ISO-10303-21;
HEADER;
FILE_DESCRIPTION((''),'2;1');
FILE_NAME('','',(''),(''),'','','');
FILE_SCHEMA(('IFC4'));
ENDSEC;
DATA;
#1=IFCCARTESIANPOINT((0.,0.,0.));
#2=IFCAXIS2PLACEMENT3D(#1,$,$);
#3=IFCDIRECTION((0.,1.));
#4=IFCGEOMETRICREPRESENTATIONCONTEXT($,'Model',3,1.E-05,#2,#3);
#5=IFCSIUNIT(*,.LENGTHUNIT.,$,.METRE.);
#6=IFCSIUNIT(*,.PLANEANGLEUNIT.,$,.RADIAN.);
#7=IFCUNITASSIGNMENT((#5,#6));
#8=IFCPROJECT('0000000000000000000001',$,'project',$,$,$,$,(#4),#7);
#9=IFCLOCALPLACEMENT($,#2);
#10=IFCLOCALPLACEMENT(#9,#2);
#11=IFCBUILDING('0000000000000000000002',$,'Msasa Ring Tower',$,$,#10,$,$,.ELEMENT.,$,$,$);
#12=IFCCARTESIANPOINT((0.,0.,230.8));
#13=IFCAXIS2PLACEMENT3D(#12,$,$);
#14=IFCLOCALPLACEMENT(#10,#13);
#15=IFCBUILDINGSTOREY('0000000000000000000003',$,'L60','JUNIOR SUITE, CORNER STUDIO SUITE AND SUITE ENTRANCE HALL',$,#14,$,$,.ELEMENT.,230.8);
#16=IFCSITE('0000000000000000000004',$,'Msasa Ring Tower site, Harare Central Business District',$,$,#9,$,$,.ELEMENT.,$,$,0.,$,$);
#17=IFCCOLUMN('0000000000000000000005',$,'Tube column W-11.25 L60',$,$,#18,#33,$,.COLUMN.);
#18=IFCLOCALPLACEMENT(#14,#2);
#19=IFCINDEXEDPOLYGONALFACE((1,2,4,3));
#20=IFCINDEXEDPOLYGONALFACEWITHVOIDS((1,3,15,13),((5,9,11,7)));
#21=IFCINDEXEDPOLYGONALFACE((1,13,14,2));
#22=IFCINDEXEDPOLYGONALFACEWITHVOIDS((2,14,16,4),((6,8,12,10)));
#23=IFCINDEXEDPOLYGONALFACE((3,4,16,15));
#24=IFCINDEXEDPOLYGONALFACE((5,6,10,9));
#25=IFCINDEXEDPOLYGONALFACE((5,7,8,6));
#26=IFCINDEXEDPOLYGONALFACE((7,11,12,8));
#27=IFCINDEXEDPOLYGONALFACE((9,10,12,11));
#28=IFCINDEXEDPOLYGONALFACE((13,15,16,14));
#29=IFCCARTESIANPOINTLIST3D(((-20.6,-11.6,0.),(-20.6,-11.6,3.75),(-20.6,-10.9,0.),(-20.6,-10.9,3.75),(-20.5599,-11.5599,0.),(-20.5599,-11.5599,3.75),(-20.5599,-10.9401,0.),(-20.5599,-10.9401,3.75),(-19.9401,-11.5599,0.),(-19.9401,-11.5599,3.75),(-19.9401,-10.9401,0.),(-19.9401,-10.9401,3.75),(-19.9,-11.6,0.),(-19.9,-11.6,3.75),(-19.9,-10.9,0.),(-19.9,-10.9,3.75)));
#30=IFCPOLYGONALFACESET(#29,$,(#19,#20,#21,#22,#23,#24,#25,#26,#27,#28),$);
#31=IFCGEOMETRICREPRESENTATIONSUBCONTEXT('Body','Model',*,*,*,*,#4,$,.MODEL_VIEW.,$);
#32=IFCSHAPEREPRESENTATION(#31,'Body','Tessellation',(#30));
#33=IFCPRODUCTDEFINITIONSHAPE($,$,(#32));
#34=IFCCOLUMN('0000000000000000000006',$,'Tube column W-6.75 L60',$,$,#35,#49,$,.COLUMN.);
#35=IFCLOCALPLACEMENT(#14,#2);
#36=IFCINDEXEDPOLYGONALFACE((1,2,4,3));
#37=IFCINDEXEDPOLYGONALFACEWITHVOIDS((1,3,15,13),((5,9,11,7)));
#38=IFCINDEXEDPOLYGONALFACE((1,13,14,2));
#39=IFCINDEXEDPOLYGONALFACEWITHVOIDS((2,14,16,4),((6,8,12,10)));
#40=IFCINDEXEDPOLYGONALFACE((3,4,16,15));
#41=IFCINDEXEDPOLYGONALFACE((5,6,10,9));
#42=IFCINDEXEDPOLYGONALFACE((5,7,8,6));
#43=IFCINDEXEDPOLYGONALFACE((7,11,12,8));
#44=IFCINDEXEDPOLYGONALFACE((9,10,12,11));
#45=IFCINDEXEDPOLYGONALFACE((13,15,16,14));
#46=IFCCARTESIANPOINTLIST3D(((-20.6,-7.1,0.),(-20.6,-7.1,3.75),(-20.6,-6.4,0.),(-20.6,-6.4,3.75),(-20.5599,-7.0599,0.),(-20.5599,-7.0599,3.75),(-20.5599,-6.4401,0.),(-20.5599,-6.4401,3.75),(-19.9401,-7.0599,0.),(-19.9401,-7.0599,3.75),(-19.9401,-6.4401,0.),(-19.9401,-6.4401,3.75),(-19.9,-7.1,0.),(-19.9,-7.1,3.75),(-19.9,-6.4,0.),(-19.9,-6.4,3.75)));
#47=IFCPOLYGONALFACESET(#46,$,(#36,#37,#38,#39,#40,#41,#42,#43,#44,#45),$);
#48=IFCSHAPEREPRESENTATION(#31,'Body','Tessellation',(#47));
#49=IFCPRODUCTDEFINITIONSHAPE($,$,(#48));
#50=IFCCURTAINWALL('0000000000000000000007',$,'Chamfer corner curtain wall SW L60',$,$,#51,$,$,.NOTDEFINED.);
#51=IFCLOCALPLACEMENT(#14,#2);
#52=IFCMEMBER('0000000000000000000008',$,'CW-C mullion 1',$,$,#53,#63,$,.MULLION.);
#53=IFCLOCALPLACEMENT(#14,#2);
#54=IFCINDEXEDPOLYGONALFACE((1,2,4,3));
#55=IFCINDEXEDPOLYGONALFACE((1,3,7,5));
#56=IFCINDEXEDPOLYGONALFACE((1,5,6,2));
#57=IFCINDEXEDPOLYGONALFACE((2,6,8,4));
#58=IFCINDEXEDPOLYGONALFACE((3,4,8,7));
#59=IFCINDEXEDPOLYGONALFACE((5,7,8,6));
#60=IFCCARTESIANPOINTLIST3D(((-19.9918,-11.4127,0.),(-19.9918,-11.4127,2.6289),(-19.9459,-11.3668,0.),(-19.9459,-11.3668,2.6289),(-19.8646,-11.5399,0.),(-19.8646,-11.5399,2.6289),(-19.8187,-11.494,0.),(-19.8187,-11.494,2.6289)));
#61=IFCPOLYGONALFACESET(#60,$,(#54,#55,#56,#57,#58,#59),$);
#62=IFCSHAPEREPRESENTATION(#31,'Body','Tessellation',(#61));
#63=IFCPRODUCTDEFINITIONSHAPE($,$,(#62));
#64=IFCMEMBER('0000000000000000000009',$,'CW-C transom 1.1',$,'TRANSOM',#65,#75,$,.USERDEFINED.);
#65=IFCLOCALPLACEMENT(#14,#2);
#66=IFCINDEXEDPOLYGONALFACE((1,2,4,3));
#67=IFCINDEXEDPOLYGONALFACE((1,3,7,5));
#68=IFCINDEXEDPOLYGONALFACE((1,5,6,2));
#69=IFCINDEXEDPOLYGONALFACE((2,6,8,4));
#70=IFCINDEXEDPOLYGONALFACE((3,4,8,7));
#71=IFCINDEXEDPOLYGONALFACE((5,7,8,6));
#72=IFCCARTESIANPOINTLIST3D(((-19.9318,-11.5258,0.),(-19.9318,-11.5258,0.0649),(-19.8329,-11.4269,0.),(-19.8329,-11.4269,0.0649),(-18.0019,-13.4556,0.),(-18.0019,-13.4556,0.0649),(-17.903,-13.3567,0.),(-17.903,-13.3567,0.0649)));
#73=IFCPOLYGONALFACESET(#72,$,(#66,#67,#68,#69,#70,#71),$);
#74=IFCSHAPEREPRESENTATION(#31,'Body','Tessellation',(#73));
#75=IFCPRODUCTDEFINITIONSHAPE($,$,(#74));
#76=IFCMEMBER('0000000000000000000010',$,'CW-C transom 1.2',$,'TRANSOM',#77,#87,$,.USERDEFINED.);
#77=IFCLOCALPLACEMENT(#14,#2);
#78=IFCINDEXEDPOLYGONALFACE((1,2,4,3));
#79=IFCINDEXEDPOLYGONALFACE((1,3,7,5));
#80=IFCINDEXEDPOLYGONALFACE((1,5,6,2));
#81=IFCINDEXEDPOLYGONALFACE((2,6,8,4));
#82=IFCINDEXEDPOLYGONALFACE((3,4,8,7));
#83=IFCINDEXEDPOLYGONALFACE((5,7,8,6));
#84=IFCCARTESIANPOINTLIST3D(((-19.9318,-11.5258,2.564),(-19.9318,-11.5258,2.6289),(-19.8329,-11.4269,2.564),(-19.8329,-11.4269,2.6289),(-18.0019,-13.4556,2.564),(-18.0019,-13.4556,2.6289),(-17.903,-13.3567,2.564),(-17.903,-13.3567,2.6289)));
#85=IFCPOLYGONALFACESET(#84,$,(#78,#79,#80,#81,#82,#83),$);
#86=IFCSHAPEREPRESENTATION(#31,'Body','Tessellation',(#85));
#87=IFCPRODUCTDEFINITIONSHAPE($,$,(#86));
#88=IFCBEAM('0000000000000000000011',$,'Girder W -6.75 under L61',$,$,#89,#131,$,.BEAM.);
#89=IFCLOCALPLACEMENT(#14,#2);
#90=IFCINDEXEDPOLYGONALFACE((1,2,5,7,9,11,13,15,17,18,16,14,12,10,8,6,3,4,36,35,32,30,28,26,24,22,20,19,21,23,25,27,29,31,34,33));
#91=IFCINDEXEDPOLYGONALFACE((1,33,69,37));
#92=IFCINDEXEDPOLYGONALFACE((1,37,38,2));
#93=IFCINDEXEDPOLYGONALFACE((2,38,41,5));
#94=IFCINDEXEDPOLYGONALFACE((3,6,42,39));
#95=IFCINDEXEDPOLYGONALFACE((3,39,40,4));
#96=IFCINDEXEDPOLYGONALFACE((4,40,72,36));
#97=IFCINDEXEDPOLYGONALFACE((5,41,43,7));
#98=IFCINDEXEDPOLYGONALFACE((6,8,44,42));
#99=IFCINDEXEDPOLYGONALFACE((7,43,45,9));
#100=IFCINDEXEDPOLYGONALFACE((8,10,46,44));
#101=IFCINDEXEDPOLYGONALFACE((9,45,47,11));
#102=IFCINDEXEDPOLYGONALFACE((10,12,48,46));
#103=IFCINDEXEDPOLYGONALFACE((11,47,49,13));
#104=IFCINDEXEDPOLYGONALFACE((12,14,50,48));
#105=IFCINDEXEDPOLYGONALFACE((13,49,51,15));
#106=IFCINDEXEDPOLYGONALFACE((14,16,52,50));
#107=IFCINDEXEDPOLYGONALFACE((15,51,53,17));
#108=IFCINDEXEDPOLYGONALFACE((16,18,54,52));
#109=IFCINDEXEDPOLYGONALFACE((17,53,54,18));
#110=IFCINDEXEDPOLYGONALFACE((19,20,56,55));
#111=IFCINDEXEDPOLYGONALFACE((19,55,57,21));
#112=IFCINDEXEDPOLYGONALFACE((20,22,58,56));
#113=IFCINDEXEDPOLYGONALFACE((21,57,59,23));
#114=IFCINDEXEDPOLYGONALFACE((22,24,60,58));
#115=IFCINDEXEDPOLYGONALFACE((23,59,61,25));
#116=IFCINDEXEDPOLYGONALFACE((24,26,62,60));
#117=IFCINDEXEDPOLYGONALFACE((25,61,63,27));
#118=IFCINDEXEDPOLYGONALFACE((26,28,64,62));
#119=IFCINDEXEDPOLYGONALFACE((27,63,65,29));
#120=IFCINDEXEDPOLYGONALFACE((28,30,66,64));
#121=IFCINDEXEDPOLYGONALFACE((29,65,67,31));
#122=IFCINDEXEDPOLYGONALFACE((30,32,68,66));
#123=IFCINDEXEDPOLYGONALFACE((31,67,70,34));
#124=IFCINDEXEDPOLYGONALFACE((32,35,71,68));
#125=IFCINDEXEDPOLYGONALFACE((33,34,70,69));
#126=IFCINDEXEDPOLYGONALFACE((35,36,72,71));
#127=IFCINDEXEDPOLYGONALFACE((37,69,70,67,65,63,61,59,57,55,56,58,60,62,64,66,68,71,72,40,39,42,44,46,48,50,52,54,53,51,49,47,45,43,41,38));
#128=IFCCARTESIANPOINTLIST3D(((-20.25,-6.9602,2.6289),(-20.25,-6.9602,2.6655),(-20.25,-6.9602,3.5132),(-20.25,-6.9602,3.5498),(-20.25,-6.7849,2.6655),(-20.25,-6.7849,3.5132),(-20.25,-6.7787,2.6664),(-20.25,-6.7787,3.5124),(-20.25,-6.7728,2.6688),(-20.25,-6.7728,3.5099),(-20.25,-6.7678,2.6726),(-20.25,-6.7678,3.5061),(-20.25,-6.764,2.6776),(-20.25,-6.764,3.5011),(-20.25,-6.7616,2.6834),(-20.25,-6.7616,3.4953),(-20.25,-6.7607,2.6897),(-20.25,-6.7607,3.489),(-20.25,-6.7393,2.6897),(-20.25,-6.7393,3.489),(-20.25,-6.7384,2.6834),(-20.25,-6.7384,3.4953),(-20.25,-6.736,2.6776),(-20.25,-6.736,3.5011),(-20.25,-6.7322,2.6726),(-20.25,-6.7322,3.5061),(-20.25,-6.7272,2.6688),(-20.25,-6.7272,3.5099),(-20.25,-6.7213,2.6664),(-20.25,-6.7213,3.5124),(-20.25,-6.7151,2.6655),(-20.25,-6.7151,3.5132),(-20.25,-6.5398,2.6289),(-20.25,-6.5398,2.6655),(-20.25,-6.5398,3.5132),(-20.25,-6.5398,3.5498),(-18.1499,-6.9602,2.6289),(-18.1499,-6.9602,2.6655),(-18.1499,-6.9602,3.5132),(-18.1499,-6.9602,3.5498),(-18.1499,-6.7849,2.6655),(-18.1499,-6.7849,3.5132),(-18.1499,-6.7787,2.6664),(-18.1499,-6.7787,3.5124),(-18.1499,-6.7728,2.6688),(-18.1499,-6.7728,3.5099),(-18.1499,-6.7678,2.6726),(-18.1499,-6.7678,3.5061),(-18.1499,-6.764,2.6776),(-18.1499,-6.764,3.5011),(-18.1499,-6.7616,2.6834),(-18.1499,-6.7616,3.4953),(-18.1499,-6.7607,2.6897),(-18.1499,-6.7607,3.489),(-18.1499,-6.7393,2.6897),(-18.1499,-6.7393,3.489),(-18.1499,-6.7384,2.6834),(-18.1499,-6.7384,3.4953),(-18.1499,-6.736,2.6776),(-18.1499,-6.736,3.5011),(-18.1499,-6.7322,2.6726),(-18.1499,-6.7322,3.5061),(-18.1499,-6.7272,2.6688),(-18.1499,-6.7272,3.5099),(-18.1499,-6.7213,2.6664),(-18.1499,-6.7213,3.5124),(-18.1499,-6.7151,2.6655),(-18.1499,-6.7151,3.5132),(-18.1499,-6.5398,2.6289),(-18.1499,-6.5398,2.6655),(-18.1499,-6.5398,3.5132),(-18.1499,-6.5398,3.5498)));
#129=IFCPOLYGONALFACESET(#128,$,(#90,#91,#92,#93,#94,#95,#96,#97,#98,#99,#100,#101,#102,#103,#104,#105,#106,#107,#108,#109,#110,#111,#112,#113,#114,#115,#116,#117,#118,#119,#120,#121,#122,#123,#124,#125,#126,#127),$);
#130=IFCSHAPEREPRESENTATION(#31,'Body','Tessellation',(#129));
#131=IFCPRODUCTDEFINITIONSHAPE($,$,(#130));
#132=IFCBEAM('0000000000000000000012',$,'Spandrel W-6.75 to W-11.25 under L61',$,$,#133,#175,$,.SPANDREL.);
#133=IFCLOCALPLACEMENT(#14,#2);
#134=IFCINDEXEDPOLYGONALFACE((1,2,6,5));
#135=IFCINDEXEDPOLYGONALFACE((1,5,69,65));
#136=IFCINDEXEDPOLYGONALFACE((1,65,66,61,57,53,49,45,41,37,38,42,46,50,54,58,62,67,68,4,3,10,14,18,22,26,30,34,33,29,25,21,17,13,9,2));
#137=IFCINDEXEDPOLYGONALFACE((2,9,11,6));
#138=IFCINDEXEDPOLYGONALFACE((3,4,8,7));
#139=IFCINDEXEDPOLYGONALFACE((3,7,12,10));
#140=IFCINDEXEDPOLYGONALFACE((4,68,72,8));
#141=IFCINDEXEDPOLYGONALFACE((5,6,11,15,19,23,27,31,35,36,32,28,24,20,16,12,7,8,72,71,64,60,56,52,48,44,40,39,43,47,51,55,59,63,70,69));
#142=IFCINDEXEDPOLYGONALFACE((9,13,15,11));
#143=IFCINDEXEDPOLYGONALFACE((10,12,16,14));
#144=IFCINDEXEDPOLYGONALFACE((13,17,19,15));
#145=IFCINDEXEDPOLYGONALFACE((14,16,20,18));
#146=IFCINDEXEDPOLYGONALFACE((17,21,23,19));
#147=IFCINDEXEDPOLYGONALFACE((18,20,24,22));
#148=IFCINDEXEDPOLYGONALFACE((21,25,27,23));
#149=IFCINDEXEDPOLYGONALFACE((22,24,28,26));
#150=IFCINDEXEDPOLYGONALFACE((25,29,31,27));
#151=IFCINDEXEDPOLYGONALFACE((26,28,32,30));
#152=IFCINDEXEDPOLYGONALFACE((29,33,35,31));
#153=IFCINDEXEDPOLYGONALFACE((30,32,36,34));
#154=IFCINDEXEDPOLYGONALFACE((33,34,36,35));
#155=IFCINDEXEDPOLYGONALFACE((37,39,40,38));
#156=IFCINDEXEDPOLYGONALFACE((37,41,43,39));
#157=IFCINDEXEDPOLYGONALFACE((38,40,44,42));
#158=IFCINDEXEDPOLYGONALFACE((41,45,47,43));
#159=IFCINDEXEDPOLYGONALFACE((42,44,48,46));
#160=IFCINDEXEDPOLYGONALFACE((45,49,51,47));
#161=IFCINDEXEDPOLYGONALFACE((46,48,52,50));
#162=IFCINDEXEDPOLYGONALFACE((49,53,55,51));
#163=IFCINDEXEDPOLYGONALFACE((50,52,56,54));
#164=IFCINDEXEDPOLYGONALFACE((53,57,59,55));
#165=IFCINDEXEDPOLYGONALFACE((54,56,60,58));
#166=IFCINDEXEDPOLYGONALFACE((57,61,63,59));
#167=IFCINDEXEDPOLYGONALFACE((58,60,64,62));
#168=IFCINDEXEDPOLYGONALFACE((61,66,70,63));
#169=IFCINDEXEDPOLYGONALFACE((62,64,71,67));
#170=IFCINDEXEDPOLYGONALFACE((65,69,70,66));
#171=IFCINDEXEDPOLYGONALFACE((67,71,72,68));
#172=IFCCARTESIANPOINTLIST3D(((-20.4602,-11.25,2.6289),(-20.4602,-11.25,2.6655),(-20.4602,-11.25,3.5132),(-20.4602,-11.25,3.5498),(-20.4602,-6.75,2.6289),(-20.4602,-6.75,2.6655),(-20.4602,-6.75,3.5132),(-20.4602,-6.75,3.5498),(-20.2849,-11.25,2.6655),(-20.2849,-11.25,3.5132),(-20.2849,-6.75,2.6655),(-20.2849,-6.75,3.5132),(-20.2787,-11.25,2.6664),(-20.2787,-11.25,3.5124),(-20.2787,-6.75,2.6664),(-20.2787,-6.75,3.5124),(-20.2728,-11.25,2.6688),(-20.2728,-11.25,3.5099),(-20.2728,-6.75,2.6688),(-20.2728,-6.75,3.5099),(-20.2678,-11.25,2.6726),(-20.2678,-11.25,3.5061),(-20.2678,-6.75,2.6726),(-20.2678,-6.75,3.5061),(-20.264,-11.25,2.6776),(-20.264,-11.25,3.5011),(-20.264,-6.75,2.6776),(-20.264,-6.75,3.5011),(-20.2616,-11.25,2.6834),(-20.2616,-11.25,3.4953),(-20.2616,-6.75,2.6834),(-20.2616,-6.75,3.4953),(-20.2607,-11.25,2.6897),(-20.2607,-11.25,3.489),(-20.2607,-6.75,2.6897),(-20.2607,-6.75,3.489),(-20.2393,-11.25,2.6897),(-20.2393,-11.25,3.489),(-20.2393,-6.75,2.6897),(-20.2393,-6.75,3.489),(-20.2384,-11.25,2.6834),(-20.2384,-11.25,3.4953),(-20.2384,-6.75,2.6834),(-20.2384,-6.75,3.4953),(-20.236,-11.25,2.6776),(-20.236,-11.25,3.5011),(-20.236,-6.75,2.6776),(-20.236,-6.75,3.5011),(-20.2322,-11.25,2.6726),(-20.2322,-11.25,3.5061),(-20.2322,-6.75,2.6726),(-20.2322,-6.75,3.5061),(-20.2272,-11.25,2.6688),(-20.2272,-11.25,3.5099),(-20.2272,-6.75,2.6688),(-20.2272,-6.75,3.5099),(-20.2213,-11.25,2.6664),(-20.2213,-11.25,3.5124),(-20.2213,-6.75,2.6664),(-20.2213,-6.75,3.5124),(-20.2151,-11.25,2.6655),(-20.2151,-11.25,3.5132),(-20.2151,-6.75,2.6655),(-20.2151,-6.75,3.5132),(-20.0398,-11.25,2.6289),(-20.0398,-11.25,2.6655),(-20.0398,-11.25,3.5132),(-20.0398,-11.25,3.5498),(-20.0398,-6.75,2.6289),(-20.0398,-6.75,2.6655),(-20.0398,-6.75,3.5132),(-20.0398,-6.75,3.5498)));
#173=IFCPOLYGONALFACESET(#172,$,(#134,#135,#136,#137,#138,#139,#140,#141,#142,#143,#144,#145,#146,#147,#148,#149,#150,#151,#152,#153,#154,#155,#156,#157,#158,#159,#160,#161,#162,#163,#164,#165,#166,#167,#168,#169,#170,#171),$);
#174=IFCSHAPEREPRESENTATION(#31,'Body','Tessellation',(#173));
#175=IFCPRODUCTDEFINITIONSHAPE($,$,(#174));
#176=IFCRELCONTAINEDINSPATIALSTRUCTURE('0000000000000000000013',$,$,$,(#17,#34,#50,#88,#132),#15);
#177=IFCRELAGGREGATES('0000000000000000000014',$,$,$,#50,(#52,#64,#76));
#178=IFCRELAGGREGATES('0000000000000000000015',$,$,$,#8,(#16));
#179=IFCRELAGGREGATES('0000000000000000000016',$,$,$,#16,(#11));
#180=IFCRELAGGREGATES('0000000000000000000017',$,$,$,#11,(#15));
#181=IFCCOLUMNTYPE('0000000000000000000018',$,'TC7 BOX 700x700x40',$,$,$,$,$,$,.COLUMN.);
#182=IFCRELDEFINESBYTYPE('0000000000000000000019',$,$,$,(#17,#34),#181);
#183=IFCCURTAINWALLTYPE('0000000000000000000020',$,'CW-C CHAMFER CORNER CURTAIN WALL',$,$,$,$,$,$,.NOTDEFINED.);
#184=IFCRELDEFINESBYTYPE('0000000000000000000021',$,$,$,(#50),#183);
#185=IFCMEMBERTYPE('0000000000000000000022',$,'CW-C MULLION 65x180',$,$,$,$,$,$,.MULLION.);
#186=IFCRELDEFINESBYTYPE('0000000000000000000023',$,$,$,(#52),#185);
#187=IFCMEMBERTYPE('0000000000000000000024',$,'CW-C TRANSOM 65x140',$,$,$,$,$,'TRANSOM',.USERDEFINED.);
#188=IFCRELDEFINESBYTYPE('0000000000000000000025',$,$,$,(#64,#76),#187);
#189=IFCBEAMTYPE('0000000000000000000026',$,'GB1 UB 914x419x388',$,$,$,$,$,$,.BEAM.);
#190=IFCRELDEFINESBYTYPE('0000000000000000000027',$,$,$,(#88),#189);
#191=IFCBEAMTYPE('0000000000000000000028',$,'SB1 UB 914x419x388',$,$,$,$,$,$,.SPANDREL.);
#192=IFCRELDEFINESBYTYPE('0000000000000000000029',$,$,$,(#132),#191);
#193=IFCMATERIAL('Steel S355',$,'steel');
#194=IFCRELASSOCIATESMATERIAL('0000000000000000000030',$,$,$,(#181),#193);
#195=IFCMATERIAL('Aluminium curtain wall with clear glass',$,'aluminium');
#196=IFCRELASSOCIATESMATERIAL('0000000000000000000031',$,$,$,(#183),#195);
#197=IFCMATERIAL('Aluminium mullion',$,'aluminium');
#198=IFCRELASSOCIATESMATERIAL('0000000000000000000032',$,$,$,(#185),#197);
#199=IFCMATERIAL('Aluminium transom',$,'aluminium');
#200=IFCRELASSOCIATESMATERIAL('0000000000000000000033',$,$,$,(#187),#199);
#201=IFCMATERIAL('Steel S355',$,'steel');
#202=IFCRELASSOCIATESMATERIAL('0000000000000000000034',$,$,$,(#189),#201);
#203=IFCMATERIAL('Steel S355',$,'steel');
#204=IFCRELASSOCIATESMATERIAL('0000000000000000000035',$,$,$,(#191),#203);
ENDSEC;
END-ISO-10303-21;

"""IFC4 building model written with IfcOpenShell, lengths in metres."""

from ifc_helpers import new_model, si_unit, direction, frame, origin, origin_2d, place, context, subcontext, project, spatial, rectangle, hollow_rectangle, i_section, extrude, material, material_profile, profile_set, type_object, element, aggregate, save


model = new_model("IFC4")

# Units and contexts
model_context = context("Model", 3, precision=1e-05, world=origin(), true_north=direction((0.0, 1.0)))
body_context = subcontext(model_context, "Body", "Model", "MODEL_VIEW")
ifc_project = project(units=[si_unit("LENGTHUNIT", "METRE"), si_unit("PLANEANGLEUNIT", "RADIAN")], contexts=[model_context])

# Site, building, storey
site_placement = place(None, origin())
site = spatial("IfcSite", under=ifc_project, at=site_placement, Name="Msasa Ring Tower site, Harare Central Business District", CompositionType="ELEMENT", RefElevation=0.0)
building_placement = place(site_placement, origin())
building = spatial("IfcBuilding", under=site, at=building_placement, Name="Msasa Ring Tower", CompositionType="ELEMENT")
storey_placement = place(building_placement, frame((0.0, 0.0, 230.8)))
storey = spatial("IfcBuildingStorey", under=building, at=storey_placement, Name="L60", Description="JUNIOR SUITE, CORNER STUDIO SUITE AND SUITE ENTRANCE HALL", CompositionType="ELEMENT", Elevation=230.8)

# Columns
ifc_material_1 = material(Name="Steel S355", Category="steel")
ifc_material_profile_1 = material_profile(ifc_material_1, hollow_rectangle(XDim=0.7, YDim=0.7, WallThickness=0.04, at=origin_2d()), Name="BOX 700x700x40")
ifc_profile_set_1 = profile_set([ifc_material_profile_1], Name="Steel S355")
column_type = type_object("IfcColumnType", Name="TC7 BOX 700x700x40", PredefinedType="COLUMN", material=ifc_profile_set_1)
for number, where, z_axis, x_axis, name in (
    (1, (-20.25, -11.25, 0.0), (0.0, 0.0, 1.0), (1.0, 0.0, 0.0), "Tube column W-11.25 L60"),
    (2, (-20.25, -6.75, 0.0), (0.0, 0.0, 1.0), (1.0, 0.0, 0.0), "Tube column W-6.75 L60"),
):
    element("IfcColumn", number, at=place(storey_placement, frame(where, z_axis=z_axis, x_axis=x_axis)), inside=storey, type_object=column_type, Name=name, PredefinedType="COLUMN", context=body_context, shape_type="SweptSolid", body=[
        extrude(hollow_rectangle(XDim=0.7, YDim=0.7, WallThickness=0.04, at=origin_2d()), origin(), (0.0, 0.0, 1.0), 3.75),
    ])

# Curtain wall, members
ifc_material_2 = material(Name="Aluminium curtain wall with clear glass", Category="aluminium")
curtain_wall_type = type_object("IfcCurtainWallType", Name="CW-C CHAMFER CORNER CURTAIN WALL", PredefinedType="NOTDEFINED", material=ifc_material_2)
curtain_wall_placement = place(storey_placement, origin())
curtain_wall = element("IfcCurtainWall", 3, at=curtain_wall_placement, inside=storey, type_object=curtain_wall_type, Name="Chamfer corner curtain wall SW L60", PredefinedType="NOTDEFINED")
ifc_material_3 = material(Name="Aluminium mullion", Category="aluminium")
ifc_material_profile_2 = material_profile(ifc_material_3, rectangle(XDim=0.0649, YDim=0.1799, at=origin_2d()), Name="AL 65x180")
ifc_profile_set_2 = profile_set([ifc_material_profile_2], Name="Aluminium mullion")
member_type_1 = type_object("IfcMemberType", Name="CW-C MULLION 65x180", PredefinedType="MULLION", material=ifc_profile_set_2)
member_1_placement = place(storey_placement, frame((-19.9053, -11.4534, 0.0), z_axis=(0.0, 0.0, 1.0), x_axis=(0.707107, 0.707107, 0.0)))
member_1 = element("IfcMember", 4, at=member_1_placement, type_object=member_type_1, Name="CW-C mullion 1", PredefinedType="MULLION", context=body_context, shape_type="SweptSolid", body=[
    extrude(rectangle(XDim=0.0649, YDim=0.1799, at=origin_2d()), origin(), (0.0, 0.0, 1.0), 2.6289),
])
ifc_material_4 = material(Name="Aluminium transom", Category="aluminium")
ifc_material_profile_3 = material_profile(ifc_material_4, rectangle(XDim=0.1399, YDim=0.0649, at=origin_2d()), Name="AL 65x140")
ifc_profile_set_3 = profile_set([ifc_material_profile_3], Name="Aluminium transom")
member_type_2 = type_object("IfcMemberType", Name="CW-C TRANSOM 65x140", ElementType="TRANSOM", PredefinedType="USERDEFINED", material=ifc_profile_set_3)
member_2_placement = place(storey_placement, frame((-19.8823, -11.4763, 0.0325), z_axis=(0.707107, -0.707107, 0.0), x_axis=(0.707107, 0.707107, 0.0)))
member_2 = element("IfcMember", 5, at=member_2_placement, type_object=member_type_2, Name="CW-C transom 1.1", ObjectType="TRANSOM", PredefinedType="USERDEFINED", context=body_context, shape_type="SweptSolid", body=[
    extrude(rectangle(XDim=0.1399, YDim=0.0649, at=origin_2d()), origin(), (0.0, 0.0, 1.0), 2.7292),
])
member_3_placement = place(storey_placement, frame((-19.8823, -11.4763, 2.5964), z_axis=(0.707107, -0.707107, 0.0), x_axis=(0.707107, 0.707107, 0.0)))
member_3 = element("IfcMember", 6, at=member_3_placement, type_object=member_type_2, Name="CW-C transom 1.2", ObjectType="TRANSOM", PredefinedType="USERDEFINED", context=body_context, shape_type="SweptSolid", body=[
    extrude(rectangle(XDim=0.1399, YDim=0.0649, at=origin_2d()), origin(), (0.0, 0.0, 1.0), 2.7292),
])
aggregate(curtain_wall, [member_1, member_2, member_3])

# Beams
ifc_material_5 = material(Name="Steel S355", Category="steel")
ifc_material_profile_4 = material_profile(ifc_material_5, i_section(OverallWidth=0.4204, OverallDepth=0.9209, WebThickness=0.0215, FlangeThickness=0.0366, FilletRadius=0.0242, at=origin_2d()), Name="UB 914x419x388")
ifc_profile_set_4 = profile_set([ifc_material_profile_4], Name="Steel S355")
beam_type_1 = type_object("IfcBeamType", Name="GB1 UB 914x419x388", PredefinedType="BEAM", material=ifc_profile_set_4)
beam_1_placement = place(storey_placement, frame((-18.1499, -6.75, 3.0894), z_axis=(-1.0, 0.0, 0.0), x_axis=(0.0, -1.0, 0.0)))
element("IfcBeam", 7, at=beam_1_placement, inside=storey, type_object=beam_type_1, Name="Girder W -6.75 under L61", PredefinedType="BEAM", context=body_context, shape_type="SweptSolid", body=[
    extrude(i_section(OverallWidth=0.4204, OverallDepth=0.9209, WebThickness=0.0215, FlangeThickness=0.0366, FilletRadius=0.0242, at=origin_2d()), origin(), (0.0, 0.0, 1.0), 2.1001),
])
ifc_material_6 = material(Name="Steel S355", Category="steel")
ifc_material_profile_5 = material_profile(ifc_material_6, i_section(OverallWidth=0.4204, OverallDepth=0.9209, WebThickness=0.0215, FlangeThickness=0.0366, FilletRadius=0.0242, at=origin_2d()), Name="UB 914x419x388")
ifc_profile_set_5 = profile_set([ifc_material_profile_5], Name="Steel S355")
beam_type_2 = type_object("IfcBeamType", Name="SB1 UB 914x419x388", PredefinedType="SPANDREL", material=ifc_profile_set_5)
beam_2_placement = place(storey_placement, frame((-20.25, -6.75, 3.0894), z_axis=(0.0, -1.0, 0.0), x_axis=(1.0, 0.0, 0.0)))
element("IfcBeam", 8, at=beam_2_placement, inside=storey, type_object=beam_type_2, Name="Spandrel W-6.75 to W-11.25 under L61", PredefinedType="SPANDREL", context=body_context, shape_type="SweptSolid", body=[
    extrude(i_section(OverallWidth=0.4204, OverallDepth=0.9209, WebThickness=0.0215, FlangeThickness=0.0366, FilletRadius=0.0242, at=origin_2d()), origin(), (0.0, 0.0, 1.0), 4.5),
])

save(model, "model.ifc")
